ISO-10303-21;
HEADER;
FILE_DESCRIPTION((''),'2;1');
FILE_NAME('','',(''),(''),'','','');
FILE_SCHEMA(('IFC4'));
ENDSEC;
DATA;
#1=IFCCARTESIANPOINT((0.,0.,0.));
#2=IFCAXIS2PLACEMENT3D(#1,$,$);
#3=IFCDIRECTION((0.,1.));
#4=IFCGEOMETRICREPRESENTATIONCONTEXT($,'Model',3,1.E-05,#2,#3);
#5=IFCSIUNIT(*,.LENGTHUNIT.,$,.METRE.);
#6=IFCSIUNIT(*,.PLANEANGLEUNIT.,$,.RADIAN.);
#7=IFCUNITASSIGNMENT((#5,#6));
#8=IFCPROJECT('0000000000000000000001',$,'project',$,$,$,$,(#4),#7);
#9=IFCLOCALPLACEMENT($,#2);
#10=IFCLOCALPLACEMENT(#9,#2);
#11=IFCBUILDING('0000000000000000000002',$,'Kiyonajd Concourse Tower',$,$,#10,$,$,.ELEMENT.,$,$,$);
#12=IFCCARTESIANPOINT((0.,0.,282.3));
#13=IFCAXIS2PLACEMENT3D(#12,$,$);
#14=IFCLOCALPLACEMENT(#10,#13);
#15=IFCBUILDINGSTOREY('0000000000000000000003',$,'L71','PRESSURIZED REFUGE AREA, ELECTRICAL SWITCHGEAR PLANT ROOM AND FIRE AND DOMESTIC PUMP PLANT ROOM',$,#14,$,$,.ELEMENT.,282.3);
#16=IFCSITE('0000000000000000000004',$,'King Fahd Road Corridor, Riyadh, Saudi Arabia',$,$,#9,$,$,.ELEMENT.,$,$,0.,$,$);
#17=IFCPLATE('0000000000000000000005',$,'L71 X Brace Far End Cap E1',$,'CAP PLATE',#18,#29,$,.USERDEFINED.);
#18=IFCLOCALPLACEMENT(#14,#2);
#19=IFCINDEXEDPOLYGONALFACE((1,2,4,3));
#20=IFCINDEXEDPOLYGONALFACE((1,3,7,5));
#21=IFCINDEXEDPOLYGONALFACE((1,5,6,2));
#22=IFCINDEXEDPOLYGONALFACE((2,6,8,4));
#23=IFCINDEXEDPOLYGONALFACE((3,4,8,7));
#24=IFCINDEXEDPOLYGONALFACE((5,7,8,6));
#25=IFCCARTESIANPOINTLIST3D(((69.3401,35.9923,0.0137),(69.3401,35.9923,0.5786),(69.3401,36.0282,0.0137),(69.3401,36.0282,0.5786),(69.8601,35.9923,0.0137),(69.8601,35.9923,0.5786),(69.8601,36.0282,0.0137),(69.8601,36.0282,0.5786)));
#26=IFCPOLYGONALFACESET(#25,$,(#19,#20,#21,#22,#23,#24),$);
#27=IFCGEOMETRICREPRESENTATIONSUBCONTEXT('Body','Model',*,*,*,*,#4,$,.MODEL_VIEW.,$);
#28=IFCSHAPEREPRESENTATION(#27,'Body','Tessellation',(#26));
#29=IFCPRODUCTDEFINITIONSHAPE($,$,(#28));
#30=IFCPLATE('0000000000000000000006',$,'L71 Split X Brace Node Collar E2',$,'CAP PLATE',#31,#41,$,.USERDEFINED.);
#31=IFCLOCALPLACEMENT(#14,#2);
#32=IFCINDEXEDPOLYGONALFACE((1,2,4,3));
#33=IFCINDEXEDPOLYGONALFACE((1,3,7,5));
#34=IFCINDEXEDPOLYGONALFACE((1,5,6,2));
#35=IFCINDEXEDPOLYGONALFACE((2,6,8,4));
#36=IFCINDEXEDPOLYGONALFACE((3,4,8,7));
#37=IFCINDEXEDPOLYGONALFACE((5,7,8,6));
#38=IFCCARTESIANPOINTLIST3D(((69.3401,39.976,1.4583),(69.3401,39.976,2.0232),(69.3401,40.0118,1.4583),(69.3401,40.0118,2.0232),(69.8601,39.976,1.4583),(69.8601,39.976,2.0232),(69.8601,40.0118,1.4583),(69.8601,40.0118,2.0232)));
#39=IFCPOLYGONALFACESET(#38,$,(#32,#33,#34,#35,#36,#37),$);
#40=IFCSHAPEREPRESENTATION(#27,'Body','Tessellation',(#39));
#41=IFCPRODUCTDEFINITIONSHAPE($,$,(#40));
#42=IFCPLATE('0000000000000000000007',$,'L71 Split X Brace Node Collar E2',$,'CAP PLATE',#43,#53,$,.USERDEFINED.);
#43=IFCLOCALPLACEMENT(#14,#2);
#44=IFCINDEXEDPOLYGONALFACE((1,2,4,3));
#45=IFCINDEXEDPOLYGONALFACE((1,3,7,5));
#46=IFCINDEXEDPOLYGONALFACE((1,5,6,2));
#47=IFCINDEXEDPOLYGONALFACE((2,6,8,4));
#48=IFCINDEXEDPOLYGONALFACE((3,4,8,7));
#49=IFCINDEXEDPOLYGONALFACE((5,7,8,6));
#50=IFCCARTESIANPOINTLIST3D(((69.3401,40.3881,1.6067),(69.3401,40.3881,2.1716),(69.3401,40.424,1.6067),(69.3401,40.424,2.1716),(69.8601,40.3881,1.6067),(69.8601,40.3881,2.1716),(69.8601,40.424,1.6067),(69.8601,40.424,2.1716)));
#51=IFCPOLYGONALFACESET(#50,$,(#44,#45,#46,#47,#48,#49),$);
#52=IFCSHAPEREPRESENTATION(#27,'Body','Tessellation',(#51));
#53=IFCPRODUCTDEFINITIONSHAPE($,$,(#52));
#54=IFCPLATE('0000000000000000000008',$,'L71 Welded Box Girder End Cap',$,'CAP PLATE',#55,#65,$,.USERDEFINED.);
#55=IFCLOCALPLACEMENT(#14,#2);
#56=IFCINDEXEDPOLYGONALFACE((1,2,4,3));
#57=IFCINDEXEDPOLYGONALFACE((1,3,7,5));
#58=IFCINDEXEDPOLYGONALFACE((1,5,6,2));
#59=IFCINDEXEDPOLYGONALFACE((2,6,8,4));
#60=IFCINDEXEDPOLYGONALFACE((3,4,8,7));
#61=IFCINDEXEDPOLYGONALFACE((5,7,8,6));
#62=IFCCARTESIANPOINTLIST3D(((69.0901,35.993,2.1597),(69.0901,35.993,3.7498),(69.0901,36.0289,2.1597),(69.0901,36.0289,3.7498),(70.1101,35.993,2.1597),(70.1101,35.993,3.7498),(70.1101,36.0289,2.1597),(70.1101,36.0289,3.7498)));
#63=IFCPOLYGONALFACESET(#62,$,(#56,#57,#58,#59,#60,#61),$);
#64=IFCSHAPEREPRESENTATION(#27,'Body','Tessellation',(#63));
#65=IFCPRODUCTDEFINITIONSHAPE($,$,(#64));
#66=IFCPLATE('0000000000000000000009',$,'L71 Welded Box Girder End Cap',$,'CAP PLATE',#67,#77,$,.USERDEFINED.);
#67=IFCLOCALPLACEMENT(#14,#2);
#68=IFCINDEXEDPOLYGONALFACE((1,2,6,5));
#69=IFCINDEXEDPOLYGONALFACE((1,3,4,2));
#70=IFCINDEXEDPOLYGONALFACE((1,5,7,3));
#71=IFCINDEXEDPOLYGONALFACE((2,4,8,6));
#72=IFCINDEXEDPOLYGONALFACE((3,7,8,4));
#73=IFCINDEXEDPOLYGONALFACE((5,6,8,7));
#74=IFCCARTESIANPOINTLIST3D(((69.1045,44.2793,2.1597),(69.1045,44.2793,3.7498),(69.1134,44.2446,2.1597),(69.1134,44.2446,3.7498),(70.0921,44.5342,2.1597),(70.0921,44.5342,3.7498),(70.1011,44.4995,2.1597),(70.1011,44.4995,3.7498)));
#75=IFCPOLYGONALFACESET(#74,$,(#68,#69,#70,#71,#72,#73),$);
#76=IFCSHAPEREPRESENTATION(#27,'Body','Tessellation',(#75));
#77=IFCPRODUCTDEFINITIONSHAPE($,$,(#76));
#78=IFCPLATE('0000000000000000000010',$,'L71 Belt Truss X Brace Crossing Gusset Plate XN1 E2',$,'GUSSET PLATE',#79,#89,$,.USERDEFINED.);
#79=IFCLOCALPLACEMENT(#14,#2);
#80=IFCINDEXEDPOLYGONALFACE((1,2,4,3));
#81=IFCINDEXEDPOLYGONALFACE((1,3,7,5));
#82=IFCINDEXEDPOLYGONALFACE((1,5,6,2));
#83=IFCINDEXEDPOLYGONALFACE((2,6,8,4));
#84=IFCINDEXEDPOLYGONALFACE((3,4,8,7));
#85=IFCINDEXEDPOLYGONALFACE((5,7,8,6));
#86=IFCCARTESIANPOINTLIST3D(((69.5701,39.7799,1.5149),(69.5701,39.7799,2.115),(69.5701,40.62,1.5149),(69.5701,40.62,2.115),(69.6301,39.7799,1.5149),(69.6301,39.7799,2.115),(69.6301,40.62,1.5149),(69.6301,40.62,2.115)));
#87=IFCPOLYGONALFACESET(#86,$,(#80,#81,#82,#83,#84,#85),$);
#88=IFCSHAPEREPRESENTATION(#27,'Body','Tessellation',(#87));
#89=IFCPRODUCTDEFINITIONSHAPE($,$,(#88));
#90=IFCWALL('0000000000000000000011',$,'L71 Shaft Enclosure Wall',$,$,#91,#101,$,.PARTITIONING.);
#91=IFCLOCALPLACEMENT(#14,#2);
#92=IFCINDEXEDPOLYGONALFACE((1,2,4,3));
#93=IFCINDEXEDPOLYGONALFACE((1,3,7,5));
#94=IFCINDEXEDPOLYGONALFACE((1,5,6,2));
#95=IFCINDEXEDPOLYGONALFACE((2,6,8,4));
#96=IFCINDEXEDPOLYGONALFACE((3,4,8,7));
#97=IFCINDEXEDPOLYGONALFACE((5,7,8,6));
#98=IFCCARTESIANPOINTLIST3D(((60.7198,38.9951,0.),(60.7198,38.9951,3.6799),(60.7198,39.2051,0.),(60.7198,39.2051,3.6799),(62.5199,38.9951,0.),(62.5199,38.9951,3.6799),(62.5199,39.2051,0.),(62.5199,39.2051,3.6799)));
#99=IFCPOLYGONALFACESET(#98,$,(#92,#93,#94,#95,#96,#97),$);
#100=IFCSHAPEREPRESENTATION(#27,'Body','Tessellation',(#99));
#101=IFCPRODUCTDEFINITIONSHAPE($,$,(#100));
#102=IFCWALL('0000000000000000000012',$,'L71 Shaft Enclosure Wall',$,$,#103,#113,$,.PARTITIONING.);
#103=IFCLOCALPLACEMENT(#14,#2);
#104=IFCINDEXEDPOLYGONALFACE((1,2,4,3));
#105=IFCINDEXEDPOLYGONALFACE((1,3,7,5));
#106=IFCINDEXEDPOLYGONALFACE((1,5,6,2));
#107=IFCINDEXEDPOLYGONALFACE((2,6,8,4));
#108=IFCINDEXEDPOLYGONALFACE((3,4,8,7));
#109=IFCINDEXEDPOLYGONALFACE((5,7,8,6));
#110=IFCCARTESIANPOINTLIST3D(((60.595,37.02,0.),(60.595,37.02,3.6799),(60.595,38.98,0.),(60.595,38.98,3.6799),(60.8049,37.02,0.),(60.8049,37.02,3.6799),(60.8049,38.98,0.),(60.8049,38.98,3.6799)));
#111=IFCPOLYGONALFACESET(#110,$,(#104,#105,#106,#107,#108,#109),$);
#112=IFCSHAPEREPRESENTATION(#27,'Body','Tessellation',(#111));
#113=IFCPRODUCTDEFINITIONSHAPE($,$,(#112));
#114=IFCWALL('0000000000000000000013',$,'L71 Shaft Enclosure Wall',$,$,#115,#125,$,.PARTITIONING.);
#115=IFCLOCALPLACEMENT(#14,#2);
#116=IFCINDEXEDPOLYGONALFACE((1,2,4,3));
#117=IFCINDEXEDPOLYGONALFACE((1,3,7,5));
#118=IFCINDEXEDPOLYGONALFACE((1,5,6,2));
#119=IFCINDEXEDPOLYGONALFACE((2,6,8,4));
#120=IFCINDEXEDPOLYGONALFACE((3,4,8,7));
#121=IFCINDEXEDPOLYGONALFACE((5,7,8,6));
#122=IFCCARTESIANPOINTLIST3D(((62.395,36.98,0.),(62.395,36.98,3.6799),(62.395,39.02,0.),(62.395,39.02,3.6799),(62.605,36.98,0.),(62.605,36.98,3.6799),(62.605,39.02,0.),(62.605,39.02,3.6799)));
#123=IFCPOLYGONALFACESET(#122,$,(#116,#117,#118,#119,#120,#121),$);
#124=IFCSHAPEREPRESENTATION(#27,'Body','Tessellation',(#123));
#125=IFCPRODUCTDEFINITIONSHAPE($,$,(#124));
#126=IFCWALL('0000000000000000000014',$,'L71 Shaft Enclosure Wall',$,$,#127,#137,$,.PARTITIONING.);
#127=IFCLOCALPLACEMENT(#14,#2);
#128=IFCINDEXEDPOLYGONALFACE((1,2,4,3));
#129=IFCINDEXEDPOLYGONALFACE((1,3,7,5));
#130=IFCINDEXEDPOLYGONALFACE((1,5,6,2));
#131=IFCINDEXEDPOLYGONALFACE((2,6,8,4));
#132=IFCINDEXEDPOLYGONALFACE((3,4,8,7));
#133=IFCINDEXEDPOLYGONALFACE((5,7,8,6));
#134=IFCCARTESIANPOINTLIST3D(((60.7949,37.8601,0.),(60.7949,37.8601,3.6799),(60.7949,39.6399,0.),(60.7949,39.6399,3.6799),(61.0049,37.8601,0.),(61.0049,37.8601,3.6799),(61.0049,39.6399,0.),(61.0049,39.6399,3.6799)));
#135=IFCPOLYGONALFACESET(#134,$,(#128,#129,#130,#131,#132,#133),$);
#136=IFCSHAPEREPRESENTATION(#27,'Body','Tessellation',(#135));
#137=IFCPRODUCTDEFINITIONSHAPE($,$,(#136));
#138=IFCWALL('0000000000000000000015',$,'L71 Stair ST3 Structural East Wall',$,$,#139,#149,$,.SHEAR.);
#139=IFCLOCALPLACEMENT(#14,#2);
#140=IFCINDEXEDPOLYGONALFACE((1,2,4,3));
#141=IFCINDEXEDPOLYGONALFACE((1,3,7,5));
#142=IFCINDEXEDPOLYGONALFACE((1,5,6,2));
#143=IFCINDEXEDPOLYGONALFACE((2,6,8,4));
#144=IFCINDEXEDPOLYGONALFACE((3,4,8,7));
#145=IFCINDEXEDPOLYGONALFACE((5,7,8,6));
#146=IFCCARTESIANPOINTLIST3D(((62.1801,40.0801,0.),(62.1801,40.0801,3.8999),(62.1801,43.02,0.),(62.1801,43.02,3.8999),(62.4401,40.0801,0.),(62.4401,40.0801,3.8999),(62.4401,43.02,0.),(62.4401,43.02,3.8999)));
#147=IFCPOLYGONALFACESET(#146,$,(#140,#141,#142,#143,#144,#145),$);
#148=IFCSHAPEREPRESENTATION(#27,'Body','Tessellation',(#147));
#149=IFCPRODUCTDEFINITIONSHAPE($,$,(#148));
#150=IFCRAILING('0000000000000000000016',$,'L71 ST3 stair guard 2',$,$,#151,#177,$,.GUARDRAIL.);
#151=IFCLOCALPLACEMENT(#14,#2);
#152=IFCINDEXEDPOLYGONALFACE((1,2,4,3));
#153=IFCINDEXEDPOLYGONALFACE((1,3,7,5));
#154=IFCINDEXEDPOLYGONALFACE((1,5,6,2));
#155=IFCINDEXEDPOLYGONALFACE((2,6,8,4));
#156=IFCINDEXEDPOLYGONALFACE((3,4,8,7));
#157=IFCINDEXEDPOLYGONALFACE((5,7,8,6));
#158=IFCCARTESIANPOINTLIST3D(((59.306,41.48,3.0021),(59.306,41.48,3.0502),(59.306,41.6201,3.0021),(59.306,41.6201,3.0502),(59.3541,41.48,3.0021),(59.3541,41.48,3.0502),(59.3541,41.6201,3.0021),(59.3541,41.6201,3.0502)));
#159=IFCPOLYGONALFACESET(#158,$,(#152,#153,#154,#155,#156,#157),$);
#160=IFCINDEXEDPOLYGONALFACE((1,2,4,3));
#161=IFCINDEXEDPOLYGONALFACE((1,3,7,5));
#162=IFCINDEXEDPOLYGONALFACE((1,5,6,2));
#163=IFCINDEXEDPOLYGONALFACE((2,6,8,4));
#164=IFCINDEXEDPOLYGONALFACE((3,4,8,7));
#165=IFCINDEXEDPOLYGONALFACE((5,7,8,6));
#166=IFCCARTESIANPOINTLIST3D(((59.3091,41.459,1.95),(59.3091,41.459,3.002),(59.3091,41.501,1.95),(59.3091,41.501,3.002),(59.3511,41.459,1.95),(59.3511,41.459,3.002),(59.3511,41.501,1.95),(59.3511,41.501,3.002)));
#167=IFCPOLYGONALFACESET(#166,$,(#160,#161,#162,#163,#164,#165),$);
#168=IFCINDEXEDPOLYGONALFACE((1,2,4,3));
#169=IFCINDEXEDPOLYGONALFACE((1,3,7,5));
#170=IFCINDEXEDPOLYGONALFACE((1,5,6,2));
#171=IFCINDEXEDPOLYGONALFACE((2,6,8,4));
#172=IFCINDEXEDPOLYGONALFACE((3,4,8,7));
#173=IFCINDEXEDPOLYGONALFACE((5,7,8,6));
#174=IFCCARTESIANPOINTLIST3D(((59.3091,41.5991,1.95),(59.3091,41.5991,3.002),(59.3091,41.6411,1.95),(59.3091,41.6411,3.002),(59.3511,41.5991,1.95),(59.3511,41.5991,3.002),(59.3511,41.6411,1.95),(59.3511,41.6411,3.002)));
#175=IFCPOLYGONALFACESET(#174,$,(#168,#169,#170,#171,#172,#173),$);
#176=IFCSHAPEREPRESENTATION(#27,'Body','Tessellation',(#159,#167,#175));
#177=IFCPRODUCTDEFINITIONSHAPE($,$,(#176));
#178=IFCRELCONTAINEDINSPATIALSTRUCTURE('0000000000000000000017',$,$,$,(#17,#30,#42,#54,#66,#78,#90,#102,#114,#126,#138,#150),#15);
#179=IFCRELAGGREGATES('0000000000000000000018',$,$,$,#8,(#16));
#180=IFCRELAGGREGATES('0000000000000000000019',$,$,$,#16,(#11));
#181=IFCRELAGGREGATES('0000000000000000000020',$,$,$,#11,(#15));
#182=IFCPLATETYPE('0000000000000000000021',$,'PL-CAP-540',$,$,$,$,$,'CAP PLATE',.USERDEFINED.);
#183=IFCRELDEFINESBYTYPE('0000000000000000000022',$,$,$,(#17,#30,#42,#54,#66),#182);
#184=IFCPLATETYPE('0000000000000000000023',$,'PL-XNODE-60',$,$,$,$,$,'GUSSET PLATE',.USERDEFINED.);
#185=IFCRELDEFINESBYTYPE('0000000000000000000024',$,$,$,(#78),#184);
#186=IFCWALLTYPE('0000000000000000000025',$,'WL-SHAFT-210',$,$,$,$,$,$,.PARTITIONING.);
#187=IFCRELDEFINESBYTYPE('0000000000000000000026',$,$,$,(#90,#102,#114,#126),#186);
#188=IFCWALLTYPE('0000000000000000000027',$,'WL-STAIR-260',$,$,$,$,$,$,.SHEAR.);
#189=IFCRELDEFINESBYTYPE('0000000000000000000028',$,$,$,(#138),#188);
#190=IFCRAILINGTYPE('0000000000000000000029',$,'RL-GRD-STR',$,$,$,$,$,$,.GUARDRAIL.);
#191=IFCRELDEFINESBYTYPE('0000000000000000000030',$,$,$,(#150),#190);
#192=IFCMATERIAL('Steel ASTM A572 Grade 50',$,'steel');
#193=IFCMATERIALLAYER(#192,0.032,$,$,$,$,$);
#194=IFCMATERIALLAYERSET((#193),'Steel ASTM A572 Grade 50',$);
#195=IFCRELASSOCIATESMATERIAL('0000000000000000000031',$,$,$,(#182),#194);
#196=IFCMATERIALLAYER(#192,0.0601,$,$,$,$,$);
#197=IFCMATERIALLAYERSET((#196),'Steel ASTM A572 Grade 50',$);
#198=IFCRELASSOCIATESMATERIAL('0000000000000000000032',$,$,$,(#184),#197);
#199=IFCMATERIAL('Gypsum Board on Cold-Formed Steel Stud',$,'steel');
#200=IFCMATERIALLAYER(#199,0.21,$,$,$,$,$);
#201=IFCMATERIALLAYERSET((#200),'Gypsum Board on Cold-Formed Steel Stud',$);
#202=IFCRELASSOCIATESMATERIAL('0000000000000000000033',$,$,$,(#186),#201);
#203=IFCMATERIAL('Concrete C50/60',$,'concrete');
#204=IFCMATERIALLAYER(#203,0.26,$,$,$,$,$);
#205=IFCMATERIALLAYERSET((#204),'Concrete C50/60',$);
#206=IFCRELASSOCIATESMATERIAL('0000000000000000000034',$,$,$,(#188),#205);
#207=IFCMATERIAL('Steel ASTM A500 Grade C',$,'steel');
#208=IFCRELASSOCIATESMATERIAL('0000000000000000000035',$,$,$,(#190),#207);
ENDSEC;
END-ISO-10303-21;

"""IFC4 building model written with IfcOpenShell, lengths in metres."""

from ifc_helpers import new_model, si_unit, direction, frame, frame_2d, origin, origin_2d, place, context, subcontext, project, spatial, rectangle, extrude, material, layer, layer_set, type_object, element, save


model = new_model("IFC4")

# Units and contexts
model_context = context("Model", 3, precision=1e-05, world=origin(), true_north=direction((0.0, 1.0)))
body_context = subcontext(model_context, "Body", "Model", "MODEL_VIEW")
ifc_project = project(units=[si_unit("LENGTHUNIT", "METRE"), si_unit("PLANEANGLEUNIT", "RADIAN")], contexts=[model_context])

# Site, building, storey
site_placement = place(None, origin())
site = spatial("IfcSite", under=ifc_project, at=site_placement, Name="King Fahd Road Corridor, Riyadh, Saudi Arabia", CompositionType="ELEMENT", RefElevation=0.0)
building_placement = place(site_placement, origin())
building = spatial("IfcBuilding", under=site, at=building_placement, Name="Kiyonajd Concourse Tower", CompositionType="ELEMENT")
storey_placement = place(building_placement, frame((0.0, 0.0, 282.3)))
storey = spatial("IfcBuildingStorey", under=building, at=storey_placement, Name="L71", Description="PRESSURIZED REFUGE AREA, ELECTRICAL SWITCHGEAR PLANT ROOM AND FIRE AND DOMESTIC PUMP PLANT ROOM", CompositionType="ELEMENT", Elevation=282.3)

# Shared definitions
ifc_material_1 = material(Name="Steel ASTM A500 Grade C", Category="steel")
ifc_material_2 = material(Name="Steel ASTM A572 Grade 50", Category="steel")

# Plates
ifc_layer_1 = layer(ifc_material_2, 0.032)
ifc_layer_set_1 = layer_set([ifc_layer_1], Name="Steel ASTM A572 Grade 50")
plate_type_1 = type_object("IfcPlateType", Name="PL-CAP-540", ElementType="CAP PLATE", PredefinedType="USERDEFINED", material=ifc_layer_set_1)
for number, where, z_axis, x_axis, name in (
    (1, (69.6001, 36.0103, 0.0137), (0.0, 0.0, 1.0), (0.0, 1.0, 0.0), "L71 X Brace Far End Cap E1"),
    (2, (69.6001, 39.9939, 1.4583), (0.0, 0.0, 1.0), (0.0, 1.0, 0.0), "L71 Split X Brace Node Collar E2"),
    (3, (69.6001, 40.406, 1.6067), (0.0, 0.0, 1.0), (0.0, -1.0, 0.0), "L71 Split X Brace Node Collar E2"),
):
    element("IfcPlate", number, at=place(storey_placement, frame(where, z_axis=z_axis, x_axis=x_axis)), inside=storey, type_object=plate_type_1, Name=name, ObjectType="CAP PLATE", PredefinedType="USERDEFINED", context=body_context, shape_type="SweptSolid", body=[
        extrude(rectangle(XDim=0.0359, YDim=0.52, at=origin_2d()), origin(), (0.0, 0.0, 1.0), 0.5649),
    ])
for number, where, z_axis, x_axis, name in (
    (4, (69.6001, 36.011, 2.1597), (0.0, 0.0, 1.0), (0.0, 1.0, 0.0), "L71 Welded Box Girder End Cap"),
    (5, (69.6028, 44.3894, 2.1597), (0.0, 0.0, 1.0), (0.249873, -0.968279, 0.0), "L71 Welded Box Girder End Cap"),
):
    element("IfcPlate", number, at=place(storey_placement, frame(where, z_axis=z_axis, x_axis=x_axis)), inside=storey, type_object=plate_type_1, Name=name, ObjectType="CAP PLATE", PredefinedType="USERDEFINED", context=body_context, shape_type="SweptSolid", body=[
        extrude(rectangle(XDim=0.0359, YDim=1.02, at=origin_2d()), origin(), (0.0, 0.0, 1.0), 1.5901),
    ])
ifc_layer_2 = layer(ifc_material_2, 0.0601)
ifc_layer_set_2 = layer_set([ifc_layer_2], Name="Steel ASTM A572 Grade 50")
plate_type_2 = type_object("IfcPlateType", Name="PL-XNODE-60", ElementType="GUSSET PLATE", PredefinedType="USERDEFINED", material=ifc_layer_set_2)
plate_1_placement = place(storey_placement, frame((69.6001, 40.2, 1.5149), z_axis=(0.0, 0.0, 1.0), x_axis=(1.0, 0.0, 0.0)))
element("IfcPlate", 6, at=plate_1_placement, inside=storey, type_object=plate_type_2, Name="L71 Belt Truss X Brace Crossing Gusset Plate XN1 E2", ObjectType="GUSSET PLATE", PredefinedType="USERDEFINED", context=body_context, shape_type="SweptSolid", body=[
    extrude(rectangle(XDim=0.0601, YDim=0.8401, at=origin_2d()), origin(), (0.0, 0.0, 1.0), 0.6001),
])

# Walls
ifc_material_3 = material(Name="Gypsum Board on Cold-Formed Steel Stud", Category="steel")
ifc_layer_3 = layer(ifc_material_3, 0.21)
ifc_layer_set_3 = layer_set([ifc_layer_3], Name="Gypsum Board on Cold-Formed Steel Stud")
wall_type_1 = type_object("IfcWallType", Name="WL-SHAFT-210", PredefinedType="PARTITIONING", material=ifc_layer_set_3)
wall_1_placement = place(storey_placement, frame((60.72, 39.1001, 0.0), z_axis=(0.0, 0.0, 1.0), x_axis=(1.0, 0.0, 0.0)))
element("IfcWall", 7, at=wall_1_placement, inside=storey, type_object=wall_type_1, Name="L71 Shaft Enclosure Wall", PredefinedType="PARTITIONING", context=body_context, shape_type="SweptSolid", body=[
    extrude(rectangle(XDim=1.8, YDim=0.21, at=frame_2d((0.8999, 0.0))), origin(), (0.0, 0.0, 1.0), 3.6799),
])
wall_2_placement = place(storey_placement, frame((60.7, 37.02, 0.0), z_axis=(0.0, 0.0, 1.0), x_axis=(0.0, 1.0, 0.0)))
element("IfcWall", 8, at=wall_2_placement, inside=storey, type_object=wall_type_1, Name="L71 Shaft Enclosure Wall", PredefinedType="PARTITIONING", context=body_context, shape_type="SweptSolid", body=[
    extrude(rectangle(XDim=1.96, YDim=0.21, at=frame_2d((0.98, 0.0))), origin(), (0.0, 0.0, 1.0), 3.6799),
])
wall_3_placement = place(storey_placement, frame((62.5, 36.98, 0.0), z_axis=(0.0, 0.0, 1.0), x_axis=(0.0, 1.0, 0.0)))
element("IfcWall", 9, at=wall_3_placement, inside=storey, type_object=wall_type_1, Name="L71 Shaft Enclosure Wall", PredefinedType="PARTITIONING", context=body_context, shape_type="SweptSolid", body=[
    extrude(rectangle(XDim=2.04, YDim=0.21, at=frame_2d((1.02, 0.0))), origin(), (0.0, 0.0, 1.0), 3.6799),
])
wall_4_placement = place(storey_placement, frame((60.8999, 37.8601, 0.0), z_axis=(0.0, 0.0, 1.0), x_axis=(0.0, 1.0, 0.0)))
element("IfcWall", 10, at=wall_4_placement, inside=storey, type_object=wall_type_1, Name="L71 Shaft Enclosure Wall", PredefinedType="PARTITIONING", context=body_context, shape_type="SweptSolid", body=[
    extrude(rectangle(XDim=1.7798, YDim=0.21, at=frame_2d((0.8899, 0.0))), origin(), (0.0, 0.0, 1.0), 3.6799),
])
ifc_material_4 = material(Name="Concrete C50/60", Category="concrete")
ifc_layer_4 = layer(ifc_material_4, 0.26)
ifc_layer_set_4 = layer_set([ifc_layer_4], Name="Concrete C50/60")
wall_type_2 = type_object("IfcWallType", Name="WL-STAIR-260", PredefinedType="SHEAR", material=ifc_layer_set_4)
wall_5_placement = place(storey_placement, frame((62.3101, 40.0801, 0.0), z_axis=(0.0, 0.0, 1.0), x_axis=(0.0, 1.0, 0.0)))
element("IfcWall", 11, at=wall_5_placement, inside=storey, type_object=wall_type_2, Name="L71 Stair ST3 Structural East Wall", PredefinedType="SHEAR", context=body_context, shape_type="SweptSolid", body=[
    extrude(rectangle(XDim=2.9399, YDim=0.26, at=frame_2d((1.47, 0.0))), origin(), (0.0, 0.0, 1.0), 3.8999),
])

# Railing
railing_type = type_object("IfcRailingType", Name="RL-GRD-STR", PredefinedType="GUARDRAIL", material=ifc_material_1)
railing_placement = place(storey_placement, frame((59.3301, 41.48, 1.95)))
element("IfcRailing", 12, at=railing_placement, inside=storey, type_object=railing_type, Name="L71 ST3 stair guard 2", PredefinedType="GUARDRAIL", context=body_context, shape_type="SweptSolid", body=[
    extrude(rectangle(XDim=0.0481, YDim=0.0481, at=origin_2d()), frame((0.0, 0.0, 1.0762), z_axis=(0.0, 1.0, 0.0), x_axis=(-1.0, 0.0, 0.0)), (0.0, 0.0, 1.0), 0.1401),
    extrude(rectangle(XDim=0.042, YDim=0.042, at=origin_2d()), origin(), (0.0, 0.0, 1.0), 1.052),
    extrude(rectangle(XDim=0.042, YDim=0.042, at=origin_2d()), frame((0.0, 0.1401, 0.0)), (0.0, 0.0, 1.0), 1.052),
])

save(model, "model.ifc")
